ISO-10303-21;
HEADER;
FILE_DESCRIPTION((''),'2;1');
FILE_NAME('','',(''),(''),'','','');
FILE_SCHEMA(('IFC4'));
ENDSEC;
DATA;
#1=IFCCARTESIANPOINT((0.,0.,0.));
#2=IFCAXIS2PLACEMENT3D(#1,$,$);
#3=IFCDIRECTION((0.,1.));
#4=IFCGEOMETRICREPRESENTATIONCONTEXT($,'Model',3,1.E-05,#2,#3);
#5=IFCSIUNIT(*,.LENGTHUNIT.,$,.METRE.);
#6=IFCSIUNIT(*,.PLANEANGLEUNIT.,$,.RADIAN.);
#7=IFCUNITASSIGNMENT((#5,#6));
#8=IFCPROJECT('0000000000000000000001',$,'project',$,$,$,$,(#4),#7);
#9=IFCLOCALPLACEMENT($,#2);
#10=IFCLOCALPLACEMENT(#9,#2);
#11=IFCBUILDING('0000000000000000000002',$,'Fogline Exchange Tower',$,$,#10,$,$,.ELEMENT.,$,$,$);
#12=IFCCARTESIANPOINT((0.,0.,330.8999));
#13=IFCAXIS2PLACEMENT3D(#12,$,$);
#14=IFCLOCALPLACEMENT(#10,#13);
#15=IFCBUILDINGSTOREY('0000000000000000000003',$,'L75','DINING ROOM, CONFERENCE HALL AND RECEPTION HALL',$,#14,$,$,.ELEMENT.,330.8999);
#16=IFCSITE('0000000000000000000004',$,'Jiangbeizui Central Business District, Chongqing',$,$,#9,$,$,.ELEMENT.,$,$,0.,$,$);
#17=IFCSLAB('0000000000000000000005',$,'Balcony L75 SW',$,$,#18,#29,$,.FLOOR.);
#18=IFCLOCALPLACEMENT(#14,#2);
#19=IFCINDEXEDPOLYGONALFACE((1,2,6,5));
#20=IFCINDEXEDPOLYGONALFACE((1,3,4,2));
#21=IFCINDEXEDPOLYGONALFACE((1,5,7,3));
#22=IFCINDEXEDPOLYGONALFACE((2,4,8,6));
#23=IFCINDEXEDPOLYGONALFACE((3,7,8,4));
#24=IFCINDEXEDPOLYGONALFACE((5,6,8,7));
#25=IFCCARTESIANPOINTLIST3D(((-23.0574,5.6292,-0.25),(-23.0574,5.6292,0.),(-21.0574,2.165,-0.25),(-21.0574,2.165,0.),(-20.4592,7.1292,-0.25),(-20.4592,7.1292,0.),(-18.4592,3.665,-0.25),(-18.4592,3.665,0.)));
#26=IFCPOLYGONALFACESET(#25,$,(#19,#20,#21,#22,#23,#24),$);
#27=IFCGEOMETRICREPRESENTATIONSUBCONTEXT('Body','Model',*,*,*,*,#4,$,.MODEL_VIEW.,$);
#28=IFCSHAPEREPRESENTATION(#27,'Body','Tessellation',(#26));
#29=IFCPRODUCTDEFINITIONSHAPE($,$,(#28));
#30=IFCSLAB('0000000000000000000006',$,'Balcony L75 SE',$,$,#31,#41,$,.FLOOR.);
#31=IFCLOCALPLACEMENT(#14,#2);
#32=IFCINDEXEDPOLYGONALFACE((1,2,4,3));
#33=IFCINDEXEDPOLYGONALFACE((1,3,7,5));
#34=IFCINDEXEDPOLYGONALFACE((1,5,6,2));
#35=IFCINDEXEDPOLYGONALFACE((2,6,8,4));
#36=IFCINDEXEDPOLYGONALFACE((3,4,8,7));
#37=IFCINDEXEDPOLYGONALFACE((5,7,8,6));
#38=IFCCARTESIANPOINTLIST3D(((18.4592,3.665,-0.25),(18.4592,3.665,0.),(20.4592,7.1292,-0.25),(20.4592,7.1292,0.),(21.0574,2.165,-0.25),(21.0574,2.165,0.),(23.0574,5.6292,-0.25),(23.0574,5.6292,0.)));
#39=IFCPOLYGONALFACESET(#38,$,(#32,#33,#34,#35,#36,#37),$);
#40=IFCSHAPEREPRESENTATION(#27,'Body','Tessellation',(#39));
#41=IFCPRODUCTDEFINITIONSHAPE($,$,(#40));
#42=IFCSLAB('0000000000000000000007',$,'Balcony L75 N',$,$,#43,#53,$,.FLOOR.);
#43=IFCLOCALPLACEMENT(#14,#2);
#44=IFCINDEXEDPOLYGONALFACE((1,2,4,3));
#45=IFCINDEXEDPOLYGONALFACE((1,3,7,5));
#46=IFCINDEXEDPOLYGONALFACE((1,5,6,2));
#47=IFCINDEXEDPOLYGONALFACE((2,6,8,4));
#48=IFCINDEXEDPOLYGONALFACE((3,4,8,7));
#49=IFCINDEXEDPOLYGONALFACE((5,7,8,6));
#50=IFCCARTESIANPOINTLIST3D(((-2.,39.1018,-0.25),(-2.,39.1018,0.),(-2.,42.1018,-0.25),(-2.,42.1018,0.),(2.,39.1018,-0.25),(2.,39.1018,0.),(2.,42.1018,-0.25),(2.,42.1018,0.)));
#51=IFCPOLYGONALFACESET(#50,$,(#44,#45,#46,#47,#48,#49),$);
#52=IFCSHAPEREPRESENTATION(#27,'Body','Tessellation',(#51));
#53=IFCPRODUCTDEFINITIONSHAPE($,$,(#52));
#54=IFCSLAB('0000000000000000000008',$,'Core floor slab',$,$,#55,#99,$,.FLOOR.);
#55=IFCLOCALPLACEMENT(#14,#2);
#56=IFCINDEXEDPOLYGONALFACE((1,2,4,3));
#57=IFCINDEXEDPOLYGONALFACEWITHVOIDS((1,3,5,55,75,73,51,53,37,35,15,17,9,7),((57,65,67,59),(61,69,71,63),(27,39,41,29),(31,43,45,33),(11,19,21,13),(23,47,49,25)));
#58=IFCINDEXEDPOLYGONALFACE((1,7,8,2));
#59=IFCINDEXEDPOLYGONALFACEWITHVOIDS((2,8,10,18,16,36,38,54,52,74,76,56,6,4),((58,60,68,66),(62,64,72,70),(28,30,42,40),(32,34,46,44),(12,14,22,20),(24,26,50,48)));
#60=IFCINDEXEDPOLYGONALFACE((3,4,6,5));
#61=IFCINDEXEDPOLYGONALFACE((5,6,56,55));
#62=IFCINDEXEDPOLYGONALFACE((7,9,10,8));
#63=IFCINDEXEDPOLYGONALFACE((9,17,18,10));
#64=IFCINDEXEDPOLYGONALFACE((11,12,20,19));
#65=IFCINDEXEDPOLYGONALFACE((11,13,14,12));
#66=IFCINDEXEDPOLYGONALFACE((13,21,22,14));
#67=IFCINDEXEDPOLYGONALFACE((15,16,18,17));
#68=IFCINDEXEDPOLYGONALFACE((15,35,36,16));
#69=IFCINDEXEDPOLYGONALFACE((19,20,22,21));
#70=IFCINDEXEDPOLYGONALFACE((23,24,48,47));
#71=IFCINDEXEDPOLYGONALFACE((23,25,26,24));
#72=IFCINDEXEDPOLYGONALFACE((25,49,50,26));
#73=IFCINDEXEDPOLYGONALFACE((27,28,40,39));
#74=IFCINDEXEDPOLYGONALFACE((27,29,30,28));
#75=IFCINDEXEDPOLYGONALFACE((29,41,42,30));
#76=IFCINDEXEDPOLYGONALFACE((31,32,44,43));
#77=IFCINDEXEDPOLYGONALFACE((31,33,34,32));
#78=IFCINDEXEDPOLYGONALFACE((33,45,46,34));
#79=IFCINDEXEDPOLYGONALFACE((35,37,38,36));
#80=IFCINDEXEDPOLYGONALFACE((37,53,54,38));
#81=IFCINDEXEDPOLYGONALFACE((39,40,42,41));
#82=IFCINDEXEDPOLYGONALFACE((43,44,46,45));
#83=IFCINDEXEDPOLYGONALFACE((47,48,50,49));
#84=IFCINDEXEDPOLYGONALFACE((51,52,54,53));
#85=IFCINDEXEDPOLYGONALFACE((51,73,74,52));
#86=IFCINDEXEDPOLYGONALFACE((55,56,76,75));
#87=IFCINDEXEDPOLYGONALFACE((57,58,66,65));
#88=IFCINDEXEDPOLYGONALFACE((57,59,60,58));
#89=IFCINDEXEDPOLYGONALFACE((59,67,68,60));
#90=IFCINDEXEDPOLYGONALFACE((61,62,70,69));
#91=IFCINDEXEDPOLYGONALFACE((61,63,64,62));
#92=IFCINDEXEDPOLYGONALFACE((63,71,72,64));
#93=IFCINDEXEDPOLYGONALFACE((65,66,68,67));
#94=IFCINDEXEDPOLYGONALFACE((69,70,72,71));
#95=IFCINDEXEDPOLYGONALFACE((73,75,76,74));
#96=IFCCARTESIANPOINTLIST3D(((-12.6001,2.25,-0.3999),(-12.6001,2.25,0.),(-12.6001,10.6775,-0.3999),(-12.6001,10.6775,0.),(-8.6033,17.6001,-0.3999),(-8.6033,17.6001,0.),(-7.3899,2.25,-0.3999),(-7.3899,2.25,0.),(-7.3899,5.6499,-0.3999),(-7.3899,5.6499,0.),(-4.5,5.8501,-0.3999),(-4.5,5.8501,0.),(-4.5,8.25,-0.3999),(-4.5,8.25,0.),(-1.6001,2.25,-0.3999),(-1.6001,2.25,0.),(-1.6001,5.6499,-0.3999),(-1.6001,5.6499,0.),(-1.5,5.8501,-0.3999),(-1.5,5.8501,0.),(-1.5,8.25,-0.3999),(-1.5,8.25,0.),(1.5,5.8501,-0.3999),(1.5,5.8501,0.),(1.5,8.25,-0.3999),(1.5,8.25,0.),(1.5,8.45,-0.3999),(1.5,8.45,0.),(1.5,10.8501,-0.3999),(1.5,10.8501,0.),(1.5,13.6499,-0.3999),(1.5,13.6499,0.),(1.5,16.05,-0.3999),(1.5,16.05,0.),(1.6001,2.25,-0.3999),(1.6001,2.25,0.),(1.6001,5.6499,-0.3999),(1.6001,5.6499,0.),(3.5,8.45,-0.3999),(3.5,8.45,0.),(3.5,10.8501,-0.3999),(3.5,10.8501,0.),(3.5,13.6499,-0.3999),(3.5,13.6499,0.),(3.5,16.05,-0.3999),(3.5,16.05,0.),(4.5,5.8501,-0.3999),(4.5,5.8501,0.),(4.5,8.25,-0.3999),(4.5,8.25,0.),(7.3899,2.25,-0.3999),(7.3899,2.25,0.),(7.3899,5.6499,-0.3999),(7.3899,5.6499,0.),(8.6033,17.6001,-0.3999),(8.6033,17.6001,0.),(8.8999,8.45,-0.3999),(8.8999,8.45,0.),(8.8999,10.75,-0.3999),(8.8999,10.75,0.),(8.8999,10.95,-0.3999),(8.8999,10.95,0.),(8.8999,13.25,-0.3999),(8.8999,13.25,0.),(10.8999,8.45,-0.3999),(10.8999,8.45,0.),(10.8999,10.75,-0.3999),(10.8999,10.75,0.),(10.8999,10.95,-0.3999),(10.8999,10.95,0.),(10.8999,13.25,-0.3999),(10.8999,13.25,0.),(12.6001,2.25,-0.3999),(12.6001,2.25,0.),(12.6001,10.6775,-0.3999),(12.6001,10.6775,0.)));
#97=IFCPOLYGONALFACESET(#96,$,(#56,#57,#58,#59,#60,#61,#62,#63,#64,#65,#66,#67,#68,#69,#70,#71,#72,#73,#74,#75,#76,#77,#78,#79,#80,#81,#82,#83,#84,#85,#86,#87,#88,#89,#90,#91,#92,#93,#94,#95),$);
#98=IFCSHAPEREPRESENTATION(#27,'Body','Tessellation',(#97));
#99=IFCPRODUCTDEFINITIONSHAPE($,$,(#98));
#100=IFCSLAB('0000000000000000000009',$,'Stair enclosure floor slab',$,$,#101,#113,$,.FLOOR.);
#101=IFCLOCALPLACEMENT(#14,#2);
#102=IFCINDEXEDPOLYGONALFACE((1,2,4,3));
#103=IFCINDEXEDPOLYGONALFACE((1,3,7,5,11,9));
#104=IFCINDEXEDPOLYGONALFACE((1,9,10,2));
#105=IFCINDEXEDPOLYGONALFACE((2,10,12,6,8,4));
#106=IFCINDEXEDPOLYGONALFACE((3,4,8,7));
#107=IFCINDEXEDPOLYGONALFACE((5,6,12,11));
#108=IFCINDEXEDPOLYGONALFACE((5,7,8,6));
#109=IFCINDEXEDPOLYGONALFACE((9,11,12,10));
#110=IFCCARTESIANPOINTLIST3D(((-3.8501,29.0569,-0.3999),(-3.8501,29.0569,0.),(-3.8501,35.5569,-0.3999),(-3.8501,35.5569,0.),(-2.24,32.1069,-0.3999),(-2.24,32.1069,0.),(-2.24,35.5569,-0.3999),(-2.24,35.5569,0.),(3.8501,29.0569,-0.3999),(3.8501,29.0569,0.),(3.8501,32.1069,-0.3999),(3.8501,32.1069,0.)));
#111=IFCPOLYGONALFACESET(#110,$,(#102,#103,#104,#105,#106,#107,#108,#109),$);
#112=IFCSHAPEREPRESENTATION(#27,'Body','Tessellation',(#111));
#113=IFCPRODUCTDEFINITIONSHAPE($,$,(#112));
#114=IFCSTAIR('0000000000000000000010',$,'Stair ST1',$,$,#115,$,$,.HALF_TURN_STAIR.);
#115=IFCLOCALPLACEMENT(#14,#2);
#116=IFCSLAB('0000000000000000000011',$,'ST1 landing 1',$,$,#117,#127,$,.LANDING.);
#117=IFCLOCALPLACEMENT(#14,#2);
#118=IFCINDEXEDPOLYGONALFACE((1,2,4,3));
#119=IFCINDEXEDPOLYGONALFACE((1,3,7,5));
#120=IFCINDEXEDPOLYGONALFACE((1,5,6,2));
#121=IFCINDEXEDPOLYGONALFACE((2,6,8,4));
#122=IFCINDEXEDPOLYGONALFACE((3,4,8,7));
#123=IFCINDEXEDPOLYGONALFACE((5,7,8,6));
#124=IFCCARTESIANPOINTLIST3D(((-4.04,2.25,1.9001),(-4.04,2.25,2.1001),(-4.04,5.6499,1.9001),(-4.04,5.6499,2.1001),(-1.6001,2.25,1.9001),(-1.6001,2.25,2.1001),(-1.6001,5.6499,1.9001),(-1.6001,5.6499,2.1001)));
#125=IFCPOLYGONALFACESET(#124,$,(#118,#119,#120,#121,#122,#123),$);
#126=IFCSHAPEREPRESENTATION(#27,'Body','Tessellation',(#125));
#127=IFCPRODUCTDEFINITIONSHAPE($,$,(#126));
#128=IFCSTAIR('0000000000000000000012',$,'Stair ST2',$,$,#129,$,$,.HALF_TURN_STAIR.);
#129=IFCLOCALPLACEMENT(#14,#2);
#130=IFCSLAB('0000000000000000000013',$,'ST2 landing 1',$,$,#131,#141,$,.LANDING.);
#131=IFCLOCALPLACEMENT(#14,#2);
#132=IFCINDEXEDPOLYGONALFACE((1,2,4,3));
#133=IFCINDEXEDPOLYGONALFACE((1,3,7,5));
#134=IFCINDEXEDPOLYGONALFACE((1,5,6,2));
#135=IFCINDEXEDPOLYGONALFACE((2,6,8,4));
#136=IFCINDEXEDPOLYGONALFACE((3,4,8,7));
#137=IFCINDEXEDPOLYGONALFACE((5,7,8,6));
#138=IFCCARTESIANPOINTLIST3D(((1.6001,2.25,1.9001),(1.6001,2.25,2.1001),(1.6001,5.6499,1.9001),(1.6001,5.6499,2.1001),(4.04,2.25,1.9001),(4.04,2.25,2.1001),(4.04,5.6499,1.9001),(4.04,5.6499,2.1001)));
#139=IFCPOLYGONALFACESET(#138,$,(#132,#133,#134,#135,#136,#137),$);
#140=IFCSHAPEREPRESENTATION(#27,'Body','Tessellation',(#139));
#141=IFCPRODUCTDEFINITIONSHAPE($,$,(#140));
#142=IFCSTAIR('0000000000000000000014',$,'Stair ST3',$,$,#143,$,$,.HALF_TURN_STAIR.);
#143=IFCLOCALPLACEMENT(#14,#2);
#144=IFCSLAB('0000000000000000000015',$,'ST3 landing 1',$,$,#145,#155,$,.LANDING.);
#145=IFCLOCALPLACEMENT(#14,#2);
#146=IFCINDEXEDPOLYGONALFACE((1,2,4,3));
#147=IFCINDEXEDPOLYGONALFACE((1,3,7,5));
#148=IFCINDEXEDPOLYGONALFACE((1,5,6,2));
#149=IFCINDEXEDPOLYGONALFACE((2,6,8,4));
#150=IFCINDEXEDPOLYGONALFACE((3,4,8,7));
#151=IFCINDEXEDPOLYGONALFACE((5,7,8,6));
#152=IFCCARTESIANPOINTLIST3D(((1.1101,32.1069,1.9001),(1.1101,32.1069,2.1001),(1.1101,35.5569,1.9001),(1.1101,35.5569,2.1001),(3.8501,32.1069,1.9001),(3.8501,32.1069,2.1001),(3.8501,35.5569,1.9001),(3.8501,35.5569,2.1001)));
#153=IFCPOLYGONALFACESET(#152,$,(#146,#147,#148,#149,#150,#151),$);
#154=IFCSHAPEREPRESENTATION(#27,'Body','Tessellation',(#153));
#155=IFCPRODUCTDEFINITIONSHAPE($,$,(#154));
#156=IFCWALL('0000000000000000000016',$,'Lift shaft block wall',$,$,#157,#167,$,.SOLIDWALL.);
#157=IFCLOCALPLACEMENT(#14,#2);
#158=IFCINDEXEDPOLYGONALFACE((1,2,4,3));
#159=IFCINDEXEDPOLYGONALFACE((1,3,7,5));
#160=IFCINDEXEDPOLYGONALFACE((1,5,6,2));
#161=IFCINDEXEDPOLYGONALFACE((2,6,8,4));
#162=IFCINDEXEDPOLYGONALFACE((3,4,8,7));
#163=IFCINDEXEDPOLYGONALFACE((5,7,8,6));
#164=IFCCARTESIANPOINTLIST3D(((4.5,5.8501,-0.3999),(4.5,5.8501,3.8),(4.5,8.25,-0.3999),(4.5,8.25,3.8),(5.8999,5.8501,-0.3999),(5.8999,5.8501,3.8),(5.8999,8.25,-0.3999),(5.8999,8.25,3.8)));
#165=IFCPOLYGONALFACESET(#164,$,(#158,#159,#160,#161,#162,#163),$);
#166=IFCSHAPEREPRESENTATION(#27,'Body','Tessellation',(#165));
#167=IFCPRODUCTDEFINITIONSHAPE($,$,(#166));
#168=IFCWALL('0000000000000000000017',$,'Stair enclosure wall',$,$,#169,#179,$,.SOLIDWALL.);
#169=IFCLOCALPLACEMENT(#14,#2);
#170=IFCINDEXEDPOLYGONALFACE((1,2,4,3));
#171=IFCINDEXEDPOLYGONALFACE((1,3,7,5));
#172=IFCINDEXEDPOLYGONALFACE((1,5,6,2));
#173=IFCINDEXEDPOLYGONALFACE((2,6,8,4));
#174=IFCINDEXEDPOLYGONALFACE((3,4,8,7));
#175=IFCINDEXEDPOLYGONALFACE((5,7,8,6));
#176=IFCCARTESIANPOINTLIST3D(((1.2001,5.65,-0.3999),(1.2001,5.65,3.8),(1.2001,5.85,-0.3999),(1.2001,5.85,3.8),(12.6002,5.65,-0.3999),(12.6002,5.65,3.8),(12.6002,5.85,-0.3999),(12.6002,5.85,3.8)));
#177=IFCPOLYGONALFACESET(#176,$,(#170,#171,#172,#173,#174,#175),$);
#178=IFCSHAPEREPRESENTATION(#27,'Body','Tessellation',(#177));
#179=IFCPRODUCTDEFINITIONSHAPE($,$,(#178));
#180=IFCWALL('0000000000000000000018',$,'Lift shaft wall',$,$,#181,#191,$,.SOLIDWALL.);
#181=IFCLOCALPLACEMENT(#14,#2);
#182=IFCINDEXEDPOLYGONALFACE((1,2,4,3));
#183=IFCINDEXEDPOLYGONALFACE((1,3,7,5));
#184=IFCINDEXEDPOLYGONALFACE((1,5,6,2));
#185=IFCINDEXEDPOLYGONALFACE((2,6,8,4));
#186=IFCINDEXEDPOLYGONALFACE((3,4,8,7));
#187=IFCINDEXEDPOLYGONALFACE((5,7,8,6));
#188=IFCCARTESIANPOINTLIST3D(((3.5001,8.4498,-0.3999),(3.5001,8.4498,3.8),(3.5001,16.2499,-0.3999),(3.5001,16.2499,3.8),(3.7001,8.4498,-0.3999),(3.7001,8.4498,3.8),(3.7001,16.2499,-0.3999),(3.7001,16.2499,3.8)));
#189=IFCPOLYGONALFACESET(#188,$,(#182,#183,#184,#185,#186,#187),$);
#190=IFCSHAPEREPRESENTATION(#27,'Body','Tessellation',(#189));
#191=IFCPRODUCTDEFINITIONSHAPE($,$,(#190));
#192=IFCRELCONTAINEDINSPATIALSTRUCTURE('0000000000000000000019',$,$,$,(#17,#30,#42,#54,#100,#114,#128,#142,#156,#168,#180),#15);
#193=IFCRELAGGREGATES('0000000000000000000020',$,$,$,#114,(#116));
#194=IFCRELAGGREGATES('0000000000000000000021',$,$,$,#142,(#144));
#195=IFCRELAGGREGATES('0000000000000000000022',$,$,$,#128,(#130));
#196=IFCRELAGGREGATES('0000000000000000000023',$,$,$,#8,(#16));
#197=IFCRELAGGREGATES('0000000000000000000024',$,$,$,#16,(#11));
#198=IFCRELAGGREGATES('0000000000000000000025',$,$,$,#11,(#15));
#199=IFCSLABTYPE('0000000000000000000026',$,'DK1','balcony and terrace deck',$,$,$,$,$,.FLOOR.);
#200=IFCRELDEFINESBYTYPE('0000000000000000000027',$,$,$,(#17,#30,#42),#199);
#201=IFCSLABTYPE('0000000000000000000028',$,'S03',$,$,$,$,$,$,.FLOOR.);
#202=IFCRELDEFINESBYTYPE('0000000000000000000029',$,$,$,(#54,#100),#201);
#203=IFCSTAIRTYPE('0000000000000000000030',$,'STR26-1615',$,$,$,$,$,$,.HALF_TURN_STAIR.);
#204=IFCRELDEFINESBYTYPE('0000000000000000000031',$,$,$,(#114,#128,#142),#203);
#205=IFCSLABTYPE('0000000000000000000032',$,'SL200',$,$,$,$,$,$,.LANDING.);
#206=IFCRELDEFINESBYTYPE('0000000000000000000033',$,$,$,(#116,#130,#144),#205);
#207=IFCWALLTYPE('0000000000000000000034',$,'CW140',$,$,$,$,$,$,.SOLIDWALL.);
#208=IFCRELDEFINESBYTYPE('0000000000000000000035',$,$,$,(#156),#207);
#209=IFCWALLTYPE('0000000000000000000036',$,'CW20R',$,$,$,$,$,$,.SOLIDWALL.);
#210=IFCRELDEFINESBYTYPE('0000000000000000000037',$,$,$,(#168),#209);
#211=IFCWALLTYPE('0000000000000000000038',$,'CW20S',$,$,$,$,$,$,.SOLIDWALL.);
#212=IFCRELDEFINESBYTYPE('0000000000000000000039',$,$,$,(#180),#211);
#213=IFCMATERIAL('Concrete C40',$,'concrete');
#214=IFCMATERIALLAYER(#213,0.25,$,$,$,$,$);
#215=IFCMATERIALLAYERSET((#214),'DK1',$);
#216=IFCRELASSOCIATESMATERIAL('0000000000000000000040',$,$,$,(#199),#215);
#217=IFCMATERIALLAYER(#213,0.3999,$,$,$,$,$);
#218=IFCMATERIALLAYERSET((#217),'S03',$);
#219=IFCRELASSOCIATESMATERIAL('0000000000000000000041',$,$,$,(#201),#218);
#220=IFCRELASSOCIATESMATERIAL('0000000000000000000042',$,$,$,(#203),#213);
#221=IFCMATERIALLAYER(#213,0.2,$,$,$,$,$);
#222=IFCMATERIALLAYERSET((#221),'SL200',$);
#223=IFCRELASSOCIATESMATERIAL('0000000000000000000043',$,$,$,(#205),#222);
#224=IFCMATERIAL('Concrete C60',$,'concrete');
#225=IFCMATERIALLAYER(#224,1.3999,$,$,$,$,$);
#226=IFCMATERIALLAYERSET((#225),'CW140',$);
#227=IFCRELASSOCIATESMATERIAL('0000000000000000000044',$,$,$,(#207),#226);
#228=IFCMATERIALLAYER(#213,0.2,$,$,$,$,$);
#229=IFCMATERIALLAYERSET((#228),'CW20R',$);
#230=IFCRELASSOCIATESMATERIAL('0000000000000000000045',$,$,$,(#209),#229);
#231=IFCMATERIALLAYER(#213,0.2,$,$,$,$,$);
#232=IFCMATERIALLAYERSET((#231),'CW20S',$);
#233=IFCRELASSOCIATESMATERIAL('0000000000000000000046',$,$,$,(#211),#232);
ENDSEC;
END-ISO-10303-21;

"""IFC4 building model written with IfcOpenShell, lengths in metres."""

from ifc_helpers import new_model, si_unit, direction, frame, frame_2d, origin, place, context, subcontext, project, spatial, polyline, rectangle, outline, extrude, material, layer, layer_set, type_object, element, aggregate, save


model = new_model("IFC4")

# Units and contexts
model_context = context("Model", 3, precision=1e-05, world=origin(), true_north=direction((0.0, 1.0)))
body_context = subcontext(model_context, "Body", "Model", "MODEL_VIEW")
ifc_project = project(units=[si_unit("LENGTHUNIT", "METRE"), si_unit("PLANEANGLEUNIT", "RADIAN")], contexts=[model_context])

# Site, building, storey
site_placement = place(None, origin())
site = spatial("IfcSite", under=ifc_project, at=site_placement, Name="Jiangbeizui Central Business District, Chongqing", CompositionType="ELEMENT", RefElevation=0.0)
building_placement = place(site_placement, origin())
building = spatial("IfcBuilding", under=site, at=building_placement, Name="Fogline Exchange Tower", CompositionType="ELEMENT")
storey_placement = place(building_placement, frame((0.0, 0.0, 330.8999)))
storey = spatial("IfcBuildingStorey", under=building, at=storey_placement, Name="L75", Description="DINING ROOM, CONFERENCE HALL AND RECEPTION HALL", CompositionType="ELEMENT", Elevation=330.8999)

# Slabs
ifc_material_1 = material(Name="Concrete C40", Category="concrete")
ifc_layer_1 = layer(ifc_material_1, 0.25)
ifc_layer_set_1 = layer_set([ifc_layer_1], Name="DK1")
slab_type_1 = type_object("IfcSlabType", Name="DK1", Description="balcony and terrace deck", PredefinedType="FLOOR", material=ifc_layer_set_1)
slab_1_placement = place(storey_placement, frame((0.0, 0.0, -0.25)))
element("IfcSlab", 1, at=slab_1_placement, inside=storey, type_object=slab_type_1, Name="Balcony L75 SW", PredefinedType="FLOOR", context=body_context, shape_type="SweptSolid", body=[
    extrude(outline(polyline([(-23.0574, 5.6292), (-21.0574, 2.165), (-18.4592, 3.665), (-20.4592, 7.1292), (-23.0574, 5.6292)])), origin(), (0.0, 0.0, 1.0), 0.25),
])
slab_2_placement = place(storey_placement, frame((0.0, 0.0, -0.25)))
element("IfcSlab", 2, at=slab_2_placement, inside=storey, type_object=slab_type_1, Name="Balcony L75 SE", PredefinedType="FLOOR", context=body_context, shape_type="SweptSolid", body=[
    extrude(outline(polyline([(21.0574, 2.165), (23.0574, 5.6292), (20.4592, 7.1292), (18.4592, 3.665), (21.0574, 2.165)])), origin(), (0.0, 0.0, 1.0), 0.25),
])
slab_3_placement = place(storey_placement, frame((0.0, 0.0, -0.25)))
element("IfcSlab", 3, at=slab_3_placement, inside=storey, type_object=slab_type_1, Name="Balcony L75 N", PredefinedType="FLOOR", context=body_context, shape_type="SweptSolid", body=[
    extrude(outline(polyline([(2.0, 42.1018), (-2.0, 42.1018), (-2.0, 39.1018), (2.0, 39.1018), (2.0, 42.1018)])), origin(), (0.0, 0.0, 1.0), 0.25),
])
ifc_layer_2 = layer(ifc_material_1, 0.3999)
ifc_layer_set_2 = layer_set([ifc_layer_2], Name="S03")
slab_type_2 = type_object("IfcSlabType", Name="S03", PredefinedType="FLOOR", material=ifc_layer_set_2)
slab_4_placement = place(storey_placement, frame((0.0, 0.0, -0.3999)))
element("IfcSlab", 4, at=slab_4_placement, inside=storey, type_object=slab_type_2, Name="Core floor slab", PredefinedType="FLOOR", context=body_context, shape_type="SweptSolid", body=[
    extrude(outline(polyline([(-12.6001, 2.25), (-12.6001, 10.6775), (-8.6033, 17.6001), (8.6033, 17.6001), (12.6001, 10.6775), (12.6001, 2.25), (7.3899, 2.25), (7.3899, 5.6499), (1.6001, 5.6499), (1.6001, 2.25), (-1.6001, 2.25), (-1.6001, 5.6499), (-7.3899, 5.6499), (-7.3899, 2.25), (-12.6001, 2.25)]), holes=[polyline([(-4.5, 8.25), (-4.5, 5.8501), (-1.5, 5.8501), (-1.5, 8.25), (-4.5, 8.25)]), polyline([(1.5, 8.25), (1.5, 5.8501), (4.5, 5.8501), (4.5, 8.25), (1.5, 8.25)]), polyline([(8.8999, 10.75), (8.8999, 8.45), (10.8999, 8.45), (10.8999, 10.75), (8.8999, 10.75)]), polyline([(1.5, 10.8501), (1.5, 8.45), (3.5, 8.45), (3.5, 10.8501), (1.5, 10.8501)]), polyline([(8.8999, 13.25), (8.8999, 10.95), (10.8999, 10.95), (10.8999, 13.25), (8.8999, 13.25)]), polyline([(1.5, 16.05), (1.5, 13.6499), (3.5, 13.6499), (3.5, 16.05), (1.5, 16.05)])]), origin(), (0.0, 0.0, 1.0), 0.3999),
])
slab_5_placement = place(storey_placement, frame((0.0, 0.0, -0.3999)))
element("IfcSlab", 5, at=slab_5_placement, inside=storey, type_object=slab_type_2, Name="Stair enclosure floor slab", PredefinedType="FLOOR", context=body_context, shape_type="SweptSolid", body=[
    extrude(outline(polyline([(3.8501, 29.0569), (-3.8501, 29.0569), (-3.8501, 35.5569), (-2.24, 35.5569), (-2.24, 32.1069), (3.8501, 32.1069), (3.8501, 29.0569)])), origin(), (0.0, 0.0, 1.0), 0.3999),
])

# Stairs, slabs
stair_type = type_object("IfcStairType", Name="STR26-1615", PredefinedType="HALF_TURN_STAIR", material=ifc_material_1)
stair_1_placement = place(storey_placement, origin())
stair_1 = element("IfcStair", 6, at=stair_1_placement, inside=storey, type_object=stair_type, Name="Stair ST1", PredefinedType="HALF_TURN_STAIR")
ifc_layer_3 = layer(ifc_material_1, 0.2)
ifc_layer_set_3 = layer_set([ifc_layer_3], Name="SL200")
slab_type_3 = type_object("IfcSlabType", Name="SL200", PredefinedType="LANDING", material=ifc_layer_set_3)
slab_6_placement = place(storey_placement, frame((0.0, 0.0, 1.9001)))
slab_6 = element("IfcSlab", 7, at=slab_6_placement, type_object=slab_type_3, Name="ST1 landing 1", PredefinedType="LANDING", context=body_context, shape_type="SweptSolid", body=[
    extrude(outline(polyline([(-4.04, 2.25), (-1.6001, 2.25), (-1.6001, 5.6499), (-4.04, 5.6499), (-4.04, 2.25)])), origin(), (0.0, 0.0, 1.0), 0.2),
])
aggregate(stair_1, [slab_6])
stair_2_placement = place(storey_placement, origin())
stair_2 = element("IfcStair", 8, at=stair_2_placement, inside=storey, type_object=stair_type, Name="Stair ST2", PredefinedType="HALF_TURN_STAIR")
slab_7_placement = place(storey_placement, frame((0.0, 0.0, 1.9001)))
slab_7 = element("IfcSlab", 9, at=slab_7_placement, type_object=slab_type_3, Name="ST2 landing 1", PredefinedType="LANDING", context=body_context, shape_type="SweptSolid", body=[
    extrude(outline(polyline([(1.6001, 2.25), (4.04, 2.25), (4.04, 5.6499), (1.6001, 5.6499), (1.6001, 2.25)])), origin(), (0.0, 0.0, 1.0), 0.2),
])
stair_3_placement = place(storey_placement, origin())
stair_3 = element("IfcStair", 10, at=stair_3_placement, inside=storey, type_object=stair_type, Name="Stair ST3", PredefinedType="HALF_TURN_STAIR")
slab_8_placement = place(storey_placement, frame((0.0, 0.0, 1.9001)))
slab_8 = element("IfcSlab", 11, at=slab_8_placement, type_object=slab_type_3, Name="ST3 landing 1", PredefinedType="LANDING", context=body_context, shape_type="SweptSolid", body=[
    extrude(outline(polyline([(1.1101, 32.1069), (3.8501, 32.1069), (3.8501, 35.5569), (1.1101, 35.5569), (1.1101, 32.1069)])), origin(), (0.0, 0.0, 1.0), 0.2),
])
aggregate(stair_3, [slab_8])

# Walls
ifc_material_2 = material(Name="Concrete C60", Category="concrete")
ifc_layer_4 = layer(ifc_material_2, 1.3999)
ifc_layer_set_4 = layer_set([ifc_layer_4], Name="CW140")
wall_type_1 = type_object("IfcWallType", Name="CW140", PredefinedType="SOLIDWALL", material=ifc_layer_set_4)
wall_1_placement = place(storey_placement, frame((5.2, 5.8501, -0.3999), z_axis=(0.0, 0.0, 1.0), x_axis=(0.0, 1.0, 0.0)))
element("IfcWall", 12, at=wall_1_placement, inside=storey, type_object=wall_type_1, Name="Lift shaft block wall", PredefinedType="SOLIDWALL", context=body_context, shape_type="SweptSolid", body=[
    extrude(rectangle(XDim=2.3999, YDim=1.3999, at=frame_2d((1.2, 0.0))), origin(), (0.0, 0.0, 1.0), 4.2),
])
ifc_layer_5 = layer(ifc_material_1, 0.2)
ifc_layer_set_5 = layer_set([ifc_layer_5], Name="CW20R")
wall_type_2 = type_object("IfcWallType", Name="CW20R", PredefinedType="SOLIDWALL", material=ifc_layer_set_5)
wall_2_placement = place(storey_placement, frame((1.2, 5.75, -0.3999), z_axis=(0.0, 0.0, 1.0), x_axis=(1.0, 0.0, 0.0)))
element("IfcWall", 13, at=wall_2_placement, inside=storey, type_object=wall_type_2, Name="Stair enclosure wall", PredefinedType="SOLIDWALL", context=body_context, shape_type="SweptSolid", body=[
    extrude(rectangle(XDim=11.4001, YDim=0.2, at=frame_2d((5.7002, 0.0))), origin(), (0.0, 0.0, 1.0), 4.2),
])
ifc_layer_6 = layer(ifc_material_1, 0.2)
ifc_layer_set_6 = layer_set([ifc_layer_6], Name="CW20S")
wall_type_3 = type_object("IfcWallType", Name="CW20S", PredefinedType="SOLIDWALL", material=ifc_layer_set_6)
wall_3_placement = place(storey_placement, frame((3.6001, 8.45, -0.3999), z_axis=(0.0, 0.0, 1.0), x_axis=(0.0, 1.0, 0.0)))
element("IfcWall", 14, at=wall_3_placement, inside=storey, type_object=wall_type_3, Name="Lift shaft wall", PredefinedType="SOLIDWALL", context=body_context, shape_type="SweptSolid", body=[
    extrude(rectangle(XDim=7.8, YDim=0.2, at=frame_2d((3.8999, 0.0))), origin(), (0.0, 0.0, 1.0), 4.2),
])

aggregate(stair_2, [slab_7])

save(model, "model.ifc")
